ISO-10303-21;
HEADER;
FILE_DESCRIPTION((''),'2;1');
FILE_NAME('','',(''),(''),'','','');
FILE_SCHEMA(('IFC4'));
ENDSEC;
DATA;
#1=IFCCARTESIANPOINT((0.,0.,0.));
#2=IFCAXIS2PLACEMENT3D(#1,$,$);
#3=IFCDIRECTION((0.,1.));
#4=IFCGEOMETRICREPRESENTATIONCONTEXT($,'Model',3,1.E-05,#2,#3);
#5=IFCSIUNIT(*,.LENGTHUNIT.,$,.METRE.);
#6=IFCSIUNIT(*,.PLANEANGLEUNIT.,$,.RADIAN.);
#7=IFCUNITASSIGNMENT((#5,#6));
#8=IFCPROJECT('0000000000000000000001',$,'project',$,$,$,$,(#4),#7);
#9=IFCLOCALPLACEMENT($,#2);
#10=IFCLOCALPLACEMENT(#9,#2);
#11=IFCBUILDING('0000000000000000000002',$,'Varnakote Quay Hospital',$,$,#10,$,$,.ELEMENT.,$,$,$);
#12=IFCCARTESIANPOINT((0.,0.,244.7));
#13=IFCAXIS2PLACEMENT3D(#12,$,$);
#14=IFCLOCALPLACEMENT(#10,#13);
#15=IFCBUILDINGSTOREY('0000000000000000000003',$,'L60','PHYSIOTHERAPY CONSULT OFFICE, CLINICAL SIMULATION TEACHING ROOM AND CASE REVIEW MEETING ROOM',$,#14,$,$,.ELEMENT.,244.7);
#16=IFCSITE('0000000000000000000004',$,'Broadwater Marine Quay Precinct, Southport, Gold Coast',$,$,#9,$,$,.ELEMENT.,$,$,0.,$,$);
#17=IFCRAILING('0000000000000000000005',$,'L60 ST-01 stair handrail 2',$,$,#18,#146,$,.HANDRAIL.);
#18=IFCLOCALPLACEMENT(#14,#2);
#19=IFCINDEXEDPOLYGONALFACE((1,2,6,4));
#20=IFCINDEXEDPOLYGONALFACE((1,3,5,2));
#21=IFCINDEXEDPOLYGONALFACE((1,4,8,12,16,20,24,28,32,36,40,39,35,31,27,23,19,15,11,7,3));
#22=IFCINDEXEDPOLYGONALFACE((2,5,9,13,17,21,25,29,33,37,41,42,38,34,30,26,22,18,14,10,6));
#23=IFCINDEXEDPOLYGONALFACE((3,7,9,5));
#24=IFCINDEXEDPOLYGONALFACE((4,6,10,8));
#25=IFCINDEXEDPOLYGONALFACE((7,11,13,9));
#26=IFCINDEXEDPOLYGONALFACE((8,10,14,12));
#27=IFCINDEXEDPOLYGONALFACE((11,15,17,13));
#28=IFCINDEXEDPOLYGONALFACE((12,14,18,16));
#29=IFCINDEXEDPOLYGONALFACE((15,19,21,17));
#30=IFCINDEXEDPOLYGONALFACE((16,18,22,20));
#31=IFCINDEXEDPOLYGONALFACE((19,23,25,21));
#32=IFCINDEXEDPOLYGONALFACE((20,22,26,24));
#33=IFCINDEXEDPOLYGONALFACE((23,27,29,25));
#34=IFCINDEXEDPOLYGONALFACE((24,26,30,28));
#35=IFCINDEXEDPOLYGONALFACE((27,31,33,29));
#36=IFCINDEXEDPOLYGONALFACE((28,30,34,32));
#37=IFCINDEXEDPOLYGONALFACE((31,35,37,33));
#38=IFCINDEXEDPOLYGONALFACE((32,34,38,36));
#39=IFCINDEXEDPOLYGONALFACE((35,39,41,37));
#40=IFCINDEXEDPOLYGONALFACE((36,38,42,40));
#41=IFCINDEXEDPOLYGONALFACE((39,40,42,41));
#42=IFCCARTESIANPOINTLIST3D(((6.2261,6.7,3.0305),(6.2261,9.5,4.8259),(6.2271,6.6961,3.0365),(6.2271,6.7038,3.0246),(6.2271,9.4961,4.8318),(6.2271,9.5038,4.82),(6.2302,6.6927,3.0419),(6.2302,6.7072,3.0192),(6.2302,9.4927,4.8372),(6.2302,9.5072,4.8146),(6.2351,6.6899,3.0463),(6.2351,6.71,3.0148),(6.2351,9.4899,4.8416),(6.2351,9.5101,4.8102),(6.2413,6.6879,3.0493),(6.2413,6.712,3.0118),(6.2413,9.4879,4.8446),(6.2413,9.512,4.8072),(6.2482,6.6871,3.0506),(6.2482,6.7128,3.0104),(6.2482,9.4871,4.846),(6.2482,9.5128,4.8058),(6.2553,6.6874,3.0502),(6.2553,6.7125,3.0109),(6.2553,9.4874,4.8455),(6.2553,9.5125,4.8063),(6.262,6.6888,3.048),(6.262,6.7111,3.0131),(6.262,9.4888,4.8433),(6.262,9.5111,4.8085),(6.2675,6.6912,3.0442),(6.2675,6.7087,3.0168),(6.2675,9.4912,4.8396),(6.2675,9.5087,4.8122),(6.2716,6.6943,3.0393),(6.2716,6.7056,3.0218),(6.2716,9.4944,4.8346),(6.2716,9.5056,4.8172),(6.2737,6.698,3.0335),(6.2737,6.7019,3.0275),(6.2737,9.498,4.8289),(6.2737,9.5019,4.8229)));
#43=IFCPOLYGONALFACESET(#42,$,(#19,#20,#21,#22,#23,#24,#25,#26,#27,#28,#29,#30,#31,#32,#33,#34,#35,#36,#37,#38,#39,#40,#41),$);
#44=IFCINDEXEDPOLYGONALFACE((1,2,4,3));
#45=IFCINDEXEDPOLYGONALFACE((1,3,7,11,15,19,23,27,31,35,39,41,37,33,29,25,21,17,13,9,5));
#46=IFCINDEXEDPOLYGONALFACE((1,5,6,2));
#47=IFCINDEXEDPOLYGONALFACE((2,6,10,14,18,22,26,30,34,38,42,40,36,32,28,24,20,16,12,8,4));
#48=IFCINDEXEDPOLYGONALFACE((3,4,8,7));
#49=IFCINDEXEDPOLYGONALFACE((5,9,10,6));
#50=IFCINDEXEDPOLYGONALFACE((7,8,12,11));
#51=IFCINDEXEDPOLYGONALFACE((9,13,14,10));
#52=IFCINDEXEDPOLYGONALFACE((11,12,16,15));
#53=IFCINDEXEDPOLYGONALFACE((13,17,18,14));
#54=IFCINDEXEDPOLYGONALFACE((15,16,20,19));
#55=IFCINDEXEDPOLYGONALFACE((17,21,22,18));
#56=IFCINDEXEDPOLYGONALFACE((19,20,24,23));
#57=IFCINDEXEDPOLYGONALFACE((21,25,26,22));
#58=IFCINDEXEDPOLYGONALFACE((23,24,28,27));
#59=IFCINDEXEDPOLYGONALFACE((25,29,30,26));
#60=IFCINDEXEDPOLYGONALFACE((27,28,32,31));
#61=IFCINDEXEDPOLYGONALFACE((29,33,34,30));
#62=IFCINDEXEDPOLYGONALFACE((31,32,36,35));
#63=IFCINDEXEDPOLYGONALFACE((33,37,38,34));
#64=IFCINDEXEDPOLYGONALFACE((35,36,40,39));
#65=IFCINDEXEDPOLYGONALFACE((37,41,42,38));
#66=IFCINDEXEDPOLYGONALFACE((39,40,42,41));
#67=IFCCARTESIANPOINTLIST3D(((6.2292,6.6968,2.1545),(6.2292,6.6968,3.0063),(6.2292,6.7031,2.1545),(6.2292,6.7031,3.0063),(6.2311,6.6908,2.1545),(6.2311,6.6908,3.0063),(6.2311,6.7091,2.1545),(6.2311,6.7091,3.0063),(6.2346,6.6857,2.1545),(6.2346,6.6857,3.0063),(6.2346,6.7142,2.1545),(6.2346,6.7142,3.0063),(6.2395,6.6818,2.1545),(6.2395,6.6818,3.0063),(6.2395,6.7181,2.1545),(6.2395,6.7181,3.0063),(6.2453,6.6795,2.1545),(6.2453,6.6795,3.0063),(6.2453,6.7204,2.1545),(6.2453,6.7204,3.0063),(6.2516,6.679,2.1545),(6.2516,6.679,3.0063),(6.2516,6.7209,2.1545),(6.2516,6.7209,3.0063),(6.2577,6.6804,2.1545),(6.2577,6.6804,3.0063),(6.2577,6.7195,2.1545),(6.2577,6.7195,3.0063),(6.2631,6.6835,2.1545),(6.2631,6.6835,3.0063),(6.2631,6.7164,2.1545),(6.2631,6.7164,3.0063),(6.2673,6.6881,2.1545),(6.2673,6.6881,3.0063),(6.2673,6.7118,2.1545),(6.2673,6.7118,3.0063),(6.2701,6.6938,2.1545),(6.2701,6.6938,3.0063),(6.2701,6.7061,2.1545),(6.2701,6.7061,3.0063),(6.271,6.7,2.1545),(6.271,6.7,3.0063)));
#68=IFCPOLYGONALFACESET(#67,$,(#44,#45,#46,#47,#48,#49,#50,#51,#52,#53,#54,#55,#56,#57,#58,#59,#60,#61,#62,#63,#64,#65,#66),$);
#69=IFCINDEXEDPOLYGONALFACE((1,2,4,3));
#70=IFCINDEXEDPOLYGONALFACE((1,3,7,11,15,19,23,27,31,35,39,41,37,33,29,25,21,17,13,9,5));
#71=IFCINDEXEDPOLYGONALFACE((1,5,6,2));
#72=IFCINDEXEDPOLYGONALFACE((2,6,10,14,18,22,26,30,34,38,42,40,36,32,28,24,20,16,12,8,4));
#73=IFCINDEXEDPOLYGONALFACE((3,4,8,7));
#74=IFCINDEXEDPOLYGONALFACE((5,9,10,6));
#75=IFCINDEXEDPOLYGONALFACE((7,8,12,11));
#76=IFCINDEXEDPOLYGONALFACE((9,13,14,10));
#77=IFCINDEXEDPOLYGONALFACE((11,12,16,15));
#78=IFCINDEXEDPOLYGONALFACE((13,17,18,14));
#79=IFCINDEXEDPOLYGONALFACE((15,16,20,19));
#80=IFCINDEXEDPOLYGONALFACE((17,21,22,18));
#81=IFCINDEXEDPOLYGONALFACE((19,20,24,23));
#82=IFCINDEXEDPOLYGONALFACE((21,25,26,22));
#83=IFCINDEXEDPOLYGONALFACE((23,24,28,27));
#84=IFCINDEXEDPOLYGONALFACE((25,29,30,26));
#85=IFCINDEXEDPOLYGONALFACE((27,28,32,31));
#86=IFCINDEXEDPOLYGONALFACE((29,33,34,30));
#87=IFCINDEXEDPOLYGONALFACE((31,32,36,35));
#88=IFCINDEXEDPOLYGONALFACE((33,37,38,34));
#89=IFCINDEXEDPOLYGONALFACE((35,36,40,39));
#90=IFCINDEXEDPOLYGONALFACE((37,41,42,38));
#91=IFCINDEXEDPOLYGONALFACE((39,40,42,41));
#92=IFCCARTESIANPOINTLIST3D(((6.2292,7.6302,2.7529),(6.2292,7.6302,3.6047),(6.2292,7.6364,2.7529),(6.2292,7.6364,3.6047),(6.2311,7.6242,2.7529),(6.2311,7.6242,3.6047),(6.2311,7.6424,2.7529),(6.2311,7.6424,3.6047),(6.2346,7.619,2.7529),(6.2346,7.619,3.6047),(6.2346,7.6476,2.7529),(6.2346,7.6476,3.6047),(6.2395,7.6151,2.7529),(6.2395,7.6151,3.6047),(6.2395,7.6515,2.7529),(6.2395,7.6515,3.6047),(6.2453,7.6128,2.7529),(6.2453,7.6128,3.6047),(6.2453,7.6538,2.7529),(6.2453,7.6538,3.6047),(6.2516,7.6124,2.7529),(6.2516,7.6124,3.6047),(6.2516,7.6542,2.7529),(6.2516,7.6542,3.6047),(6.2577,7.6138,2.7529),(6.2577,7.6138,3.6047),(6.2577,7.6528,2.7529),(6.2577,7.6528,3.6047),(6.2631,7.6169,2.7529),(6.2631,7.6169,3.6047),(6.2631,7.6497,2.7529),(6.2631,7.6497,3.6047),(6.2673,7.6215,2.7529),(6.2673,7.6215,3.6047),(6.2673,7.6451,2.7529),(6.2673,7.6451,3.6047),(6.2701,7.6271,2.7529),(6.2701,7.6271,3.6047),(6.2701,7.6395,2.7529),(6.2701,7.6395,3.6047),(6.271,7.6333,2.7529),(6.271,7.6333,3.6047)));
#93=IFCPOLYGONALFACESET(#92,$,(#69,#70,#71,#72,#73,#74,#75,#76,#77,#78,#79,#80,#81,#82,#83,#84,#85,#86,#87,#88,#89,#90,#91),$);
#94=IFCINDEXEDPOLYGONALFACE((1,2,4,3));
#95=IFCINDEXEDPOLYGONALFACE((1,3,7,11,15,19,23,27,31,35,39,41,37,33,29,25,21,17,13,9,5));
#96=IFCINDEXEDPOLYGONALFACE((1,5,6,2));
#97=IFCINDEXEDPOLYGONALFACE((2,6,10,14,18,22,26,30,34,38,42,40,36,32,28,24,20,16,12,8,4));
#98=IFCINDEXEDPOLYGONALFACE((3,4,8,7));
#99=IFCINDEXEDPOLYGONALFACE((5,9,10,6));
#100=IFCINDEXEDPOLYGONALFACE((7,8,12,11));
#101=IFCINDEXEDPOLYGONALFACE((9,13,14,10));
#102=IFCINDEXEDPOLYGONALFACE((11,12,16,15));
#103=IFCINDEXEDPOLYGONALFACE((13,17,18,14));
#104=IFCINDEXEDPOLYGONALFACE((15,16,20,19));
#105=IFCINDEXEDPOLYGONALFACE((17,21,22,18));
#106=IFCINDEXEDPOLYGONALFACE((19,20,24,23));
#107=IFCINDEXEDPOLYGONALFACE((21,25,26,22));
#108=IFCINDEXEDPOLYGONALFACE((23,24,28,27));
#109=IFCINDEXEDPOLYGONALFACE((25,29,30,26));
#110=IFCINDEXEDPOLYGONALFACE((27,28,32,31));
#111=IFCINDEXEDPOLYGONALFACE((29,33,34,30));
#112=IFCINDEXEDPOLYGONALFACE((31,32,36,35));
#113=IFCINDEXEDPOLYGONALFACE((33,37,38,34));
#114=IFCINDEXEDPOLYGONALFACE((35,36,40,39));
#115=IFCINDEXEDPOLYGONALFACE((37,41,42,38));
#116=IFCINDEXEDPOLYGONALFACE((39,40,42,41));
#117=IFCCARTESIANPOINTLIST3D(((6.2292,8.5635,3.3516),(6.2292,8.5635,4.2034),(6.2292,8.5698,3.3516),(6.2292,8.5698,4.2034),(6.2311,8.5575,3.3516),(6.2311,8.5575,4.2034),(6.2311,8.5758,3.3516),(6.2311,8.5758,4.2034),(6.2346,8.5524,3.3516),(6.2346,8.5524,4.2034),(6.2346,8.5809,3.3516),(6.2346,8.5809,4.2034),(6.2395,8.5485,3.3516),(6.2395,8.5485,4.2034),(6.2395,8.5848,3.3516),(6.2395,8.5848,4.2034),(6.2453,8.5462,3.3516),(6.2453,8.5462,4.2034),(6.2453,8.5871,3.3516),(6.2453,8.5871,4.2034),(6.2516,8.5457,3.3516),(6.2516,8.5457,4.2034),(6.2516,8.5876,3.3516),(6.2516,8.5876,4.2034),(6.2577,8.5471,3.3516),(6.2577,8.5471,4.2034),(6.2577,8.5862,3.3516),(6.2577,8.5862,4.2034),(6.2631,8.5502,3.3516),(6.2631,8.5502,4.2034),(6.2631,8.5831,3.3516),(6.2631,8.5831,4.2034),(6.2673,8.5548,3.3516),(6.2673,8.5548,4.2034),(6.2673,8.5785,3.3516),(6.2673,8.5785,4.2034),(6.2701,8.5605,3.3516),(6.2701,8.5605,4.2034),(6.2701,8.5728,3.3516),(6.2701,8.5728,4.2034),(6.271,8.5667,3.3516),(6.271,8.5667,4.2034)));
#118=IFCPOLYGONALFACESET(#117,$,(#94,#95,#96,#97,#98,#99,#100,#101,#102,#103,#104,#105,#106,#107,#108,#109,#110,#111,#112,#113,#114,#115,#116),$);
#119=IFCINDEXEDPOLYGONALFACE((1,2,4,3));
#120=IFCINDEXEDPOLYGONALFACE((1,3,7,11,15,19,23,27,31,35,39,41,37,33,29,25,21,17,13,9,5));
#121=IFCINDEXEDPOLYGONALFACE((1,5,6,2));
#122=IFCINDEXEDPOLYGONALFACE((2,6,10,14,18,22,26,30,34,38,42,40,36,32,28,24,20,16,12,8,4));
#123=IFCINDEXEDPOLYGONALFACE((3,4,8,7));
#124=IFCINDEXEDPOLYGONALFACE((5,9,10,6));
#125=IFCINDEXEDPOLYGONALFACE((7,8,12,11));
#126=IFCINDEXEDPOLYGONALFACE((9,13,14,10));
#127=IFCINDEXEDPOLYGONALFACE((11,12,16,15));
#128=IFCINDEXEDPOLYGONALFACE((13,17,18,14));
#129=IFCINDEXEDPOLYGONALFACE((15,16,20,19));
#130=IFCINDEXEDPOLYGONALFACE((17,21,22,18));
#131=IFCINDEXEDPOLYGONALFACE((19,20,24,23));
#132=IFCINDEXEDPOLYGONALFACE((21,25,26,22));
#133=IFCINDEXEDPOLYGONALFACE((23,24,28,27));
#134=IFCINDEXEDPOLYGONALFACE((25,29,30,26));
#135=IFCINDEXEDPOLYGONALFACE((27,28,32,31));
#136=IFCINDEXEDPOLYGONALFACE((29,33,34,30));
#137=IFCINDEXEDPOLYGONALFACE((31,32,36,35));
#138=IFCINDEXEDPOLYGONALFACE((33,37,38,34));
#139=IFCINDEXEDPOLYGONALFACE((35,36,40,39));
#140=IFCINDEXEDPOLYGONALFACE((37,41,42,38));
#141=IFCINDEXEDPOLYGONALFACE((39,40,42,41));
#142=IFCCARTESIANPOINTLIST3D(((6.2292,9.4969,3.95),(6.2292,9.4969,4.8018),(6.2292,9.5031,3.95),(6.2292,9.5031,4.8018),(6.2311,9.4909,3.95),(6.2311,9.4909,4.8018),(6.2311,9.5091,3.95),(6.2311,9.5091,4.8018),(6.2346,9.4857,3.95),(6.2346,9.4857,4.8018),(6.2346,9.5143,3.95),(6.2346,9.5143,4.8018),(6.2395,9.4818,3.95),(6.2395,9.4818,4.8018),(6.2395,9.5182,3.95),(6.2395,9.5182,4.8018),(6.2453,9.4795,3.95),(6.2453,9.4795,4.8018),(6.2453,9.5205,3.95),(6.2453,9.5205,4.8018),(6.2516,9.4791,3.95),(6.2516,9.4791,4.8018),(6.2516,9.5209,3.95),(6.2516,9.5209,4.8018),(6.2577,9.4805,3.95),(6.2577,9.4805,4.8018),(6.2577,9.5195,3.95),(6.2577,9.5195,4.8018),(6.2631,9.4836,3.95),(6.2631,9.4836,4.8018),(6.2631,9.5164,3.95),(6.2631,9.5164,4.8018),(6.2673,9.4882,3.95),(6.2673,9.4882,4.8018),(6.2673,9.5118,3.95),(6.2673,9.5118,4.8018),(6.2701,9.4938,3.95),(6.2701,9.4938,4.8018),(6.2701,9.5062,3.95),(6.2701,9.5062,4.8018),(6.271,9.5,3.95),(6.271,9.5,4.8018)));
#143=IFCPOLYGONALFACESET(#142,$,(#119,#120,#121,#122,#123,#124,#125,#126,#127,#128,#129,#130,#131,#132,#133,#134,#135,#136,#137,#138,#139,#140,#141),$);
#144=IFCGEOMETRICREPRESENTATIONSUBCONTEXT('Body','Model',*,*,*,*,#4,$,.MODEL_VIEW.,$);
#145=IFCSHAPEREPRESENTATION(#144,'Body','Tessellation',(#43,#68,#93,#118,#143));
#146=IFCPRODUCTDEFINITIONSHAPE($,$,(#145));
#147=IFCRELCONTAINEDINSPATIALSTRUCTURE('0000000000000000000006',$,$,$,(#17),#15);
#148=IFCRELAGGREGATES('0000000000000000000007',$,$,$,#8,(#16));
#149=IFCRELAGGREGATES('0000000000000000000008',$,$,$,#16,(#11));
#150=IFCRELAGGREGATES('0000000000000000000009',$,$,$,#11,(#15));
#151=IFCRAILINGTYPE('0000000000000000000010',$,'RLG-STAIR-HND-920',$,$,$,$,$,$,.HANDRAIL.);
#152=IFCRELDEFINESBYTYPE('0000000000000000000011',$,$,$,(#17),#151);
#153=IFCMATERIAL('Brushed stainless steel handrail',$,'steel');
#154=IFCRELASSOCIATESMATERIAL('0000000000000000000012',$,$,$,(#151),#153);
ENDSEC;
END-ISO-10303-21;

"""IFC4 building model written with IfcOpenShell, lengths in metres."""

from ifc_helpers import new_model, si_unit, direction, frame, origin, origin_2d, place, context, subcontext, project, spatial, circle, extrude, material, type_object, element, save


model = new_model("IFC4")

# Units and contexts
model_context = context("Model", 3, precision=1e-05, world=origin(), true_north=direction((0.0, 1.0)))
body_context = subcontext(model_context, "Body", "Model", "MODEL_VIEW")
ifc_project = project(units=[si_unit("LENGTHUNIT", "METRE"), si_unit("PLANEANGLEUNIT", "RADIAN")], contexts=[model_context])

# Site, building, storey
site_placement = place(None, origin())
site = spatial("IfcSite", under=ifc_project, at=site_placement, Name="Broadwater Marine Quay Precinct, Southport, Gold Coast", CompositionType="ELEMENT", RefElevation=0.0)
building_placement = place(site_placement, origin())
building = spatial("IfcBuilding", under=site, at=building_placement, Name="Varnakote Quay Hospital", CompositionType="ELEMENT")
storey_placement = place(building_placement, frame((0.0, 0.0, 244.7)))
storey = spatial("IfcBuildingStorey", under=building, at=storey_placement, Name="L60", Description="PHYSIOTHERAPY CONSULT OFFICE, CLINICAL SIMULATION TEACHING ROOM AND CASE REVIEW MEETING ROOM", CompositionType="ELEMENT", Elevation=244.7)

# Railing
ifc_material_1 = material(Name="Brushed stainless steel handrail", Category="steel")
railing_type_1 = type_object("IfcRailingType", Name="RLG-STAIR-HND-920", PredefinedType="HANDRAIL", material=ifc_material_1)
railing_1_placement = place(storey_placement, frame((6.25, 6.7, 2.1545)))
element("IfcRailing", 1, at=railing_1_placement, inside=storey, type_object=railing_type_1, Name="L60 ST-01 stair handrail 2", PredefinedType="HANDRAIL", context=body_context, shape_type="SweptSolid", body=[
    extrude(circle(Radius=0.0239, at=origin_2d()), frame((0.0, 0.0, 0.876), z_axis=(0.0, 0.84181, 0.539774), x_axis=(-1.0, 0.0, 0.0)), (0.0, 0.0, 1.0), 3.3262),
    extrude(circle(Radius=0.021, at=origin_2d()), origin(), (0.0, 0.0, 1.0), 0.8518),
    extrude(circle(Radius=0.021, at=origin_2d()), frame((0.0, 0.9333, 0.5984)), (0.0, 0.0, 1.0), 0.8518),
    extrude(circle(Radius=0.021, at=origin_2d()), frame((0.0, 1.8667, 1.197)), (0.0, 0.0, 1.0), 0.8518),
    extrude(circle(Radius=0.021, at=origin_2d()), frame((0.0, 2.8, 1.7954)), (0.0, 0.0, 1.0), 0.8518),
])

save(model, "model.ifc")
